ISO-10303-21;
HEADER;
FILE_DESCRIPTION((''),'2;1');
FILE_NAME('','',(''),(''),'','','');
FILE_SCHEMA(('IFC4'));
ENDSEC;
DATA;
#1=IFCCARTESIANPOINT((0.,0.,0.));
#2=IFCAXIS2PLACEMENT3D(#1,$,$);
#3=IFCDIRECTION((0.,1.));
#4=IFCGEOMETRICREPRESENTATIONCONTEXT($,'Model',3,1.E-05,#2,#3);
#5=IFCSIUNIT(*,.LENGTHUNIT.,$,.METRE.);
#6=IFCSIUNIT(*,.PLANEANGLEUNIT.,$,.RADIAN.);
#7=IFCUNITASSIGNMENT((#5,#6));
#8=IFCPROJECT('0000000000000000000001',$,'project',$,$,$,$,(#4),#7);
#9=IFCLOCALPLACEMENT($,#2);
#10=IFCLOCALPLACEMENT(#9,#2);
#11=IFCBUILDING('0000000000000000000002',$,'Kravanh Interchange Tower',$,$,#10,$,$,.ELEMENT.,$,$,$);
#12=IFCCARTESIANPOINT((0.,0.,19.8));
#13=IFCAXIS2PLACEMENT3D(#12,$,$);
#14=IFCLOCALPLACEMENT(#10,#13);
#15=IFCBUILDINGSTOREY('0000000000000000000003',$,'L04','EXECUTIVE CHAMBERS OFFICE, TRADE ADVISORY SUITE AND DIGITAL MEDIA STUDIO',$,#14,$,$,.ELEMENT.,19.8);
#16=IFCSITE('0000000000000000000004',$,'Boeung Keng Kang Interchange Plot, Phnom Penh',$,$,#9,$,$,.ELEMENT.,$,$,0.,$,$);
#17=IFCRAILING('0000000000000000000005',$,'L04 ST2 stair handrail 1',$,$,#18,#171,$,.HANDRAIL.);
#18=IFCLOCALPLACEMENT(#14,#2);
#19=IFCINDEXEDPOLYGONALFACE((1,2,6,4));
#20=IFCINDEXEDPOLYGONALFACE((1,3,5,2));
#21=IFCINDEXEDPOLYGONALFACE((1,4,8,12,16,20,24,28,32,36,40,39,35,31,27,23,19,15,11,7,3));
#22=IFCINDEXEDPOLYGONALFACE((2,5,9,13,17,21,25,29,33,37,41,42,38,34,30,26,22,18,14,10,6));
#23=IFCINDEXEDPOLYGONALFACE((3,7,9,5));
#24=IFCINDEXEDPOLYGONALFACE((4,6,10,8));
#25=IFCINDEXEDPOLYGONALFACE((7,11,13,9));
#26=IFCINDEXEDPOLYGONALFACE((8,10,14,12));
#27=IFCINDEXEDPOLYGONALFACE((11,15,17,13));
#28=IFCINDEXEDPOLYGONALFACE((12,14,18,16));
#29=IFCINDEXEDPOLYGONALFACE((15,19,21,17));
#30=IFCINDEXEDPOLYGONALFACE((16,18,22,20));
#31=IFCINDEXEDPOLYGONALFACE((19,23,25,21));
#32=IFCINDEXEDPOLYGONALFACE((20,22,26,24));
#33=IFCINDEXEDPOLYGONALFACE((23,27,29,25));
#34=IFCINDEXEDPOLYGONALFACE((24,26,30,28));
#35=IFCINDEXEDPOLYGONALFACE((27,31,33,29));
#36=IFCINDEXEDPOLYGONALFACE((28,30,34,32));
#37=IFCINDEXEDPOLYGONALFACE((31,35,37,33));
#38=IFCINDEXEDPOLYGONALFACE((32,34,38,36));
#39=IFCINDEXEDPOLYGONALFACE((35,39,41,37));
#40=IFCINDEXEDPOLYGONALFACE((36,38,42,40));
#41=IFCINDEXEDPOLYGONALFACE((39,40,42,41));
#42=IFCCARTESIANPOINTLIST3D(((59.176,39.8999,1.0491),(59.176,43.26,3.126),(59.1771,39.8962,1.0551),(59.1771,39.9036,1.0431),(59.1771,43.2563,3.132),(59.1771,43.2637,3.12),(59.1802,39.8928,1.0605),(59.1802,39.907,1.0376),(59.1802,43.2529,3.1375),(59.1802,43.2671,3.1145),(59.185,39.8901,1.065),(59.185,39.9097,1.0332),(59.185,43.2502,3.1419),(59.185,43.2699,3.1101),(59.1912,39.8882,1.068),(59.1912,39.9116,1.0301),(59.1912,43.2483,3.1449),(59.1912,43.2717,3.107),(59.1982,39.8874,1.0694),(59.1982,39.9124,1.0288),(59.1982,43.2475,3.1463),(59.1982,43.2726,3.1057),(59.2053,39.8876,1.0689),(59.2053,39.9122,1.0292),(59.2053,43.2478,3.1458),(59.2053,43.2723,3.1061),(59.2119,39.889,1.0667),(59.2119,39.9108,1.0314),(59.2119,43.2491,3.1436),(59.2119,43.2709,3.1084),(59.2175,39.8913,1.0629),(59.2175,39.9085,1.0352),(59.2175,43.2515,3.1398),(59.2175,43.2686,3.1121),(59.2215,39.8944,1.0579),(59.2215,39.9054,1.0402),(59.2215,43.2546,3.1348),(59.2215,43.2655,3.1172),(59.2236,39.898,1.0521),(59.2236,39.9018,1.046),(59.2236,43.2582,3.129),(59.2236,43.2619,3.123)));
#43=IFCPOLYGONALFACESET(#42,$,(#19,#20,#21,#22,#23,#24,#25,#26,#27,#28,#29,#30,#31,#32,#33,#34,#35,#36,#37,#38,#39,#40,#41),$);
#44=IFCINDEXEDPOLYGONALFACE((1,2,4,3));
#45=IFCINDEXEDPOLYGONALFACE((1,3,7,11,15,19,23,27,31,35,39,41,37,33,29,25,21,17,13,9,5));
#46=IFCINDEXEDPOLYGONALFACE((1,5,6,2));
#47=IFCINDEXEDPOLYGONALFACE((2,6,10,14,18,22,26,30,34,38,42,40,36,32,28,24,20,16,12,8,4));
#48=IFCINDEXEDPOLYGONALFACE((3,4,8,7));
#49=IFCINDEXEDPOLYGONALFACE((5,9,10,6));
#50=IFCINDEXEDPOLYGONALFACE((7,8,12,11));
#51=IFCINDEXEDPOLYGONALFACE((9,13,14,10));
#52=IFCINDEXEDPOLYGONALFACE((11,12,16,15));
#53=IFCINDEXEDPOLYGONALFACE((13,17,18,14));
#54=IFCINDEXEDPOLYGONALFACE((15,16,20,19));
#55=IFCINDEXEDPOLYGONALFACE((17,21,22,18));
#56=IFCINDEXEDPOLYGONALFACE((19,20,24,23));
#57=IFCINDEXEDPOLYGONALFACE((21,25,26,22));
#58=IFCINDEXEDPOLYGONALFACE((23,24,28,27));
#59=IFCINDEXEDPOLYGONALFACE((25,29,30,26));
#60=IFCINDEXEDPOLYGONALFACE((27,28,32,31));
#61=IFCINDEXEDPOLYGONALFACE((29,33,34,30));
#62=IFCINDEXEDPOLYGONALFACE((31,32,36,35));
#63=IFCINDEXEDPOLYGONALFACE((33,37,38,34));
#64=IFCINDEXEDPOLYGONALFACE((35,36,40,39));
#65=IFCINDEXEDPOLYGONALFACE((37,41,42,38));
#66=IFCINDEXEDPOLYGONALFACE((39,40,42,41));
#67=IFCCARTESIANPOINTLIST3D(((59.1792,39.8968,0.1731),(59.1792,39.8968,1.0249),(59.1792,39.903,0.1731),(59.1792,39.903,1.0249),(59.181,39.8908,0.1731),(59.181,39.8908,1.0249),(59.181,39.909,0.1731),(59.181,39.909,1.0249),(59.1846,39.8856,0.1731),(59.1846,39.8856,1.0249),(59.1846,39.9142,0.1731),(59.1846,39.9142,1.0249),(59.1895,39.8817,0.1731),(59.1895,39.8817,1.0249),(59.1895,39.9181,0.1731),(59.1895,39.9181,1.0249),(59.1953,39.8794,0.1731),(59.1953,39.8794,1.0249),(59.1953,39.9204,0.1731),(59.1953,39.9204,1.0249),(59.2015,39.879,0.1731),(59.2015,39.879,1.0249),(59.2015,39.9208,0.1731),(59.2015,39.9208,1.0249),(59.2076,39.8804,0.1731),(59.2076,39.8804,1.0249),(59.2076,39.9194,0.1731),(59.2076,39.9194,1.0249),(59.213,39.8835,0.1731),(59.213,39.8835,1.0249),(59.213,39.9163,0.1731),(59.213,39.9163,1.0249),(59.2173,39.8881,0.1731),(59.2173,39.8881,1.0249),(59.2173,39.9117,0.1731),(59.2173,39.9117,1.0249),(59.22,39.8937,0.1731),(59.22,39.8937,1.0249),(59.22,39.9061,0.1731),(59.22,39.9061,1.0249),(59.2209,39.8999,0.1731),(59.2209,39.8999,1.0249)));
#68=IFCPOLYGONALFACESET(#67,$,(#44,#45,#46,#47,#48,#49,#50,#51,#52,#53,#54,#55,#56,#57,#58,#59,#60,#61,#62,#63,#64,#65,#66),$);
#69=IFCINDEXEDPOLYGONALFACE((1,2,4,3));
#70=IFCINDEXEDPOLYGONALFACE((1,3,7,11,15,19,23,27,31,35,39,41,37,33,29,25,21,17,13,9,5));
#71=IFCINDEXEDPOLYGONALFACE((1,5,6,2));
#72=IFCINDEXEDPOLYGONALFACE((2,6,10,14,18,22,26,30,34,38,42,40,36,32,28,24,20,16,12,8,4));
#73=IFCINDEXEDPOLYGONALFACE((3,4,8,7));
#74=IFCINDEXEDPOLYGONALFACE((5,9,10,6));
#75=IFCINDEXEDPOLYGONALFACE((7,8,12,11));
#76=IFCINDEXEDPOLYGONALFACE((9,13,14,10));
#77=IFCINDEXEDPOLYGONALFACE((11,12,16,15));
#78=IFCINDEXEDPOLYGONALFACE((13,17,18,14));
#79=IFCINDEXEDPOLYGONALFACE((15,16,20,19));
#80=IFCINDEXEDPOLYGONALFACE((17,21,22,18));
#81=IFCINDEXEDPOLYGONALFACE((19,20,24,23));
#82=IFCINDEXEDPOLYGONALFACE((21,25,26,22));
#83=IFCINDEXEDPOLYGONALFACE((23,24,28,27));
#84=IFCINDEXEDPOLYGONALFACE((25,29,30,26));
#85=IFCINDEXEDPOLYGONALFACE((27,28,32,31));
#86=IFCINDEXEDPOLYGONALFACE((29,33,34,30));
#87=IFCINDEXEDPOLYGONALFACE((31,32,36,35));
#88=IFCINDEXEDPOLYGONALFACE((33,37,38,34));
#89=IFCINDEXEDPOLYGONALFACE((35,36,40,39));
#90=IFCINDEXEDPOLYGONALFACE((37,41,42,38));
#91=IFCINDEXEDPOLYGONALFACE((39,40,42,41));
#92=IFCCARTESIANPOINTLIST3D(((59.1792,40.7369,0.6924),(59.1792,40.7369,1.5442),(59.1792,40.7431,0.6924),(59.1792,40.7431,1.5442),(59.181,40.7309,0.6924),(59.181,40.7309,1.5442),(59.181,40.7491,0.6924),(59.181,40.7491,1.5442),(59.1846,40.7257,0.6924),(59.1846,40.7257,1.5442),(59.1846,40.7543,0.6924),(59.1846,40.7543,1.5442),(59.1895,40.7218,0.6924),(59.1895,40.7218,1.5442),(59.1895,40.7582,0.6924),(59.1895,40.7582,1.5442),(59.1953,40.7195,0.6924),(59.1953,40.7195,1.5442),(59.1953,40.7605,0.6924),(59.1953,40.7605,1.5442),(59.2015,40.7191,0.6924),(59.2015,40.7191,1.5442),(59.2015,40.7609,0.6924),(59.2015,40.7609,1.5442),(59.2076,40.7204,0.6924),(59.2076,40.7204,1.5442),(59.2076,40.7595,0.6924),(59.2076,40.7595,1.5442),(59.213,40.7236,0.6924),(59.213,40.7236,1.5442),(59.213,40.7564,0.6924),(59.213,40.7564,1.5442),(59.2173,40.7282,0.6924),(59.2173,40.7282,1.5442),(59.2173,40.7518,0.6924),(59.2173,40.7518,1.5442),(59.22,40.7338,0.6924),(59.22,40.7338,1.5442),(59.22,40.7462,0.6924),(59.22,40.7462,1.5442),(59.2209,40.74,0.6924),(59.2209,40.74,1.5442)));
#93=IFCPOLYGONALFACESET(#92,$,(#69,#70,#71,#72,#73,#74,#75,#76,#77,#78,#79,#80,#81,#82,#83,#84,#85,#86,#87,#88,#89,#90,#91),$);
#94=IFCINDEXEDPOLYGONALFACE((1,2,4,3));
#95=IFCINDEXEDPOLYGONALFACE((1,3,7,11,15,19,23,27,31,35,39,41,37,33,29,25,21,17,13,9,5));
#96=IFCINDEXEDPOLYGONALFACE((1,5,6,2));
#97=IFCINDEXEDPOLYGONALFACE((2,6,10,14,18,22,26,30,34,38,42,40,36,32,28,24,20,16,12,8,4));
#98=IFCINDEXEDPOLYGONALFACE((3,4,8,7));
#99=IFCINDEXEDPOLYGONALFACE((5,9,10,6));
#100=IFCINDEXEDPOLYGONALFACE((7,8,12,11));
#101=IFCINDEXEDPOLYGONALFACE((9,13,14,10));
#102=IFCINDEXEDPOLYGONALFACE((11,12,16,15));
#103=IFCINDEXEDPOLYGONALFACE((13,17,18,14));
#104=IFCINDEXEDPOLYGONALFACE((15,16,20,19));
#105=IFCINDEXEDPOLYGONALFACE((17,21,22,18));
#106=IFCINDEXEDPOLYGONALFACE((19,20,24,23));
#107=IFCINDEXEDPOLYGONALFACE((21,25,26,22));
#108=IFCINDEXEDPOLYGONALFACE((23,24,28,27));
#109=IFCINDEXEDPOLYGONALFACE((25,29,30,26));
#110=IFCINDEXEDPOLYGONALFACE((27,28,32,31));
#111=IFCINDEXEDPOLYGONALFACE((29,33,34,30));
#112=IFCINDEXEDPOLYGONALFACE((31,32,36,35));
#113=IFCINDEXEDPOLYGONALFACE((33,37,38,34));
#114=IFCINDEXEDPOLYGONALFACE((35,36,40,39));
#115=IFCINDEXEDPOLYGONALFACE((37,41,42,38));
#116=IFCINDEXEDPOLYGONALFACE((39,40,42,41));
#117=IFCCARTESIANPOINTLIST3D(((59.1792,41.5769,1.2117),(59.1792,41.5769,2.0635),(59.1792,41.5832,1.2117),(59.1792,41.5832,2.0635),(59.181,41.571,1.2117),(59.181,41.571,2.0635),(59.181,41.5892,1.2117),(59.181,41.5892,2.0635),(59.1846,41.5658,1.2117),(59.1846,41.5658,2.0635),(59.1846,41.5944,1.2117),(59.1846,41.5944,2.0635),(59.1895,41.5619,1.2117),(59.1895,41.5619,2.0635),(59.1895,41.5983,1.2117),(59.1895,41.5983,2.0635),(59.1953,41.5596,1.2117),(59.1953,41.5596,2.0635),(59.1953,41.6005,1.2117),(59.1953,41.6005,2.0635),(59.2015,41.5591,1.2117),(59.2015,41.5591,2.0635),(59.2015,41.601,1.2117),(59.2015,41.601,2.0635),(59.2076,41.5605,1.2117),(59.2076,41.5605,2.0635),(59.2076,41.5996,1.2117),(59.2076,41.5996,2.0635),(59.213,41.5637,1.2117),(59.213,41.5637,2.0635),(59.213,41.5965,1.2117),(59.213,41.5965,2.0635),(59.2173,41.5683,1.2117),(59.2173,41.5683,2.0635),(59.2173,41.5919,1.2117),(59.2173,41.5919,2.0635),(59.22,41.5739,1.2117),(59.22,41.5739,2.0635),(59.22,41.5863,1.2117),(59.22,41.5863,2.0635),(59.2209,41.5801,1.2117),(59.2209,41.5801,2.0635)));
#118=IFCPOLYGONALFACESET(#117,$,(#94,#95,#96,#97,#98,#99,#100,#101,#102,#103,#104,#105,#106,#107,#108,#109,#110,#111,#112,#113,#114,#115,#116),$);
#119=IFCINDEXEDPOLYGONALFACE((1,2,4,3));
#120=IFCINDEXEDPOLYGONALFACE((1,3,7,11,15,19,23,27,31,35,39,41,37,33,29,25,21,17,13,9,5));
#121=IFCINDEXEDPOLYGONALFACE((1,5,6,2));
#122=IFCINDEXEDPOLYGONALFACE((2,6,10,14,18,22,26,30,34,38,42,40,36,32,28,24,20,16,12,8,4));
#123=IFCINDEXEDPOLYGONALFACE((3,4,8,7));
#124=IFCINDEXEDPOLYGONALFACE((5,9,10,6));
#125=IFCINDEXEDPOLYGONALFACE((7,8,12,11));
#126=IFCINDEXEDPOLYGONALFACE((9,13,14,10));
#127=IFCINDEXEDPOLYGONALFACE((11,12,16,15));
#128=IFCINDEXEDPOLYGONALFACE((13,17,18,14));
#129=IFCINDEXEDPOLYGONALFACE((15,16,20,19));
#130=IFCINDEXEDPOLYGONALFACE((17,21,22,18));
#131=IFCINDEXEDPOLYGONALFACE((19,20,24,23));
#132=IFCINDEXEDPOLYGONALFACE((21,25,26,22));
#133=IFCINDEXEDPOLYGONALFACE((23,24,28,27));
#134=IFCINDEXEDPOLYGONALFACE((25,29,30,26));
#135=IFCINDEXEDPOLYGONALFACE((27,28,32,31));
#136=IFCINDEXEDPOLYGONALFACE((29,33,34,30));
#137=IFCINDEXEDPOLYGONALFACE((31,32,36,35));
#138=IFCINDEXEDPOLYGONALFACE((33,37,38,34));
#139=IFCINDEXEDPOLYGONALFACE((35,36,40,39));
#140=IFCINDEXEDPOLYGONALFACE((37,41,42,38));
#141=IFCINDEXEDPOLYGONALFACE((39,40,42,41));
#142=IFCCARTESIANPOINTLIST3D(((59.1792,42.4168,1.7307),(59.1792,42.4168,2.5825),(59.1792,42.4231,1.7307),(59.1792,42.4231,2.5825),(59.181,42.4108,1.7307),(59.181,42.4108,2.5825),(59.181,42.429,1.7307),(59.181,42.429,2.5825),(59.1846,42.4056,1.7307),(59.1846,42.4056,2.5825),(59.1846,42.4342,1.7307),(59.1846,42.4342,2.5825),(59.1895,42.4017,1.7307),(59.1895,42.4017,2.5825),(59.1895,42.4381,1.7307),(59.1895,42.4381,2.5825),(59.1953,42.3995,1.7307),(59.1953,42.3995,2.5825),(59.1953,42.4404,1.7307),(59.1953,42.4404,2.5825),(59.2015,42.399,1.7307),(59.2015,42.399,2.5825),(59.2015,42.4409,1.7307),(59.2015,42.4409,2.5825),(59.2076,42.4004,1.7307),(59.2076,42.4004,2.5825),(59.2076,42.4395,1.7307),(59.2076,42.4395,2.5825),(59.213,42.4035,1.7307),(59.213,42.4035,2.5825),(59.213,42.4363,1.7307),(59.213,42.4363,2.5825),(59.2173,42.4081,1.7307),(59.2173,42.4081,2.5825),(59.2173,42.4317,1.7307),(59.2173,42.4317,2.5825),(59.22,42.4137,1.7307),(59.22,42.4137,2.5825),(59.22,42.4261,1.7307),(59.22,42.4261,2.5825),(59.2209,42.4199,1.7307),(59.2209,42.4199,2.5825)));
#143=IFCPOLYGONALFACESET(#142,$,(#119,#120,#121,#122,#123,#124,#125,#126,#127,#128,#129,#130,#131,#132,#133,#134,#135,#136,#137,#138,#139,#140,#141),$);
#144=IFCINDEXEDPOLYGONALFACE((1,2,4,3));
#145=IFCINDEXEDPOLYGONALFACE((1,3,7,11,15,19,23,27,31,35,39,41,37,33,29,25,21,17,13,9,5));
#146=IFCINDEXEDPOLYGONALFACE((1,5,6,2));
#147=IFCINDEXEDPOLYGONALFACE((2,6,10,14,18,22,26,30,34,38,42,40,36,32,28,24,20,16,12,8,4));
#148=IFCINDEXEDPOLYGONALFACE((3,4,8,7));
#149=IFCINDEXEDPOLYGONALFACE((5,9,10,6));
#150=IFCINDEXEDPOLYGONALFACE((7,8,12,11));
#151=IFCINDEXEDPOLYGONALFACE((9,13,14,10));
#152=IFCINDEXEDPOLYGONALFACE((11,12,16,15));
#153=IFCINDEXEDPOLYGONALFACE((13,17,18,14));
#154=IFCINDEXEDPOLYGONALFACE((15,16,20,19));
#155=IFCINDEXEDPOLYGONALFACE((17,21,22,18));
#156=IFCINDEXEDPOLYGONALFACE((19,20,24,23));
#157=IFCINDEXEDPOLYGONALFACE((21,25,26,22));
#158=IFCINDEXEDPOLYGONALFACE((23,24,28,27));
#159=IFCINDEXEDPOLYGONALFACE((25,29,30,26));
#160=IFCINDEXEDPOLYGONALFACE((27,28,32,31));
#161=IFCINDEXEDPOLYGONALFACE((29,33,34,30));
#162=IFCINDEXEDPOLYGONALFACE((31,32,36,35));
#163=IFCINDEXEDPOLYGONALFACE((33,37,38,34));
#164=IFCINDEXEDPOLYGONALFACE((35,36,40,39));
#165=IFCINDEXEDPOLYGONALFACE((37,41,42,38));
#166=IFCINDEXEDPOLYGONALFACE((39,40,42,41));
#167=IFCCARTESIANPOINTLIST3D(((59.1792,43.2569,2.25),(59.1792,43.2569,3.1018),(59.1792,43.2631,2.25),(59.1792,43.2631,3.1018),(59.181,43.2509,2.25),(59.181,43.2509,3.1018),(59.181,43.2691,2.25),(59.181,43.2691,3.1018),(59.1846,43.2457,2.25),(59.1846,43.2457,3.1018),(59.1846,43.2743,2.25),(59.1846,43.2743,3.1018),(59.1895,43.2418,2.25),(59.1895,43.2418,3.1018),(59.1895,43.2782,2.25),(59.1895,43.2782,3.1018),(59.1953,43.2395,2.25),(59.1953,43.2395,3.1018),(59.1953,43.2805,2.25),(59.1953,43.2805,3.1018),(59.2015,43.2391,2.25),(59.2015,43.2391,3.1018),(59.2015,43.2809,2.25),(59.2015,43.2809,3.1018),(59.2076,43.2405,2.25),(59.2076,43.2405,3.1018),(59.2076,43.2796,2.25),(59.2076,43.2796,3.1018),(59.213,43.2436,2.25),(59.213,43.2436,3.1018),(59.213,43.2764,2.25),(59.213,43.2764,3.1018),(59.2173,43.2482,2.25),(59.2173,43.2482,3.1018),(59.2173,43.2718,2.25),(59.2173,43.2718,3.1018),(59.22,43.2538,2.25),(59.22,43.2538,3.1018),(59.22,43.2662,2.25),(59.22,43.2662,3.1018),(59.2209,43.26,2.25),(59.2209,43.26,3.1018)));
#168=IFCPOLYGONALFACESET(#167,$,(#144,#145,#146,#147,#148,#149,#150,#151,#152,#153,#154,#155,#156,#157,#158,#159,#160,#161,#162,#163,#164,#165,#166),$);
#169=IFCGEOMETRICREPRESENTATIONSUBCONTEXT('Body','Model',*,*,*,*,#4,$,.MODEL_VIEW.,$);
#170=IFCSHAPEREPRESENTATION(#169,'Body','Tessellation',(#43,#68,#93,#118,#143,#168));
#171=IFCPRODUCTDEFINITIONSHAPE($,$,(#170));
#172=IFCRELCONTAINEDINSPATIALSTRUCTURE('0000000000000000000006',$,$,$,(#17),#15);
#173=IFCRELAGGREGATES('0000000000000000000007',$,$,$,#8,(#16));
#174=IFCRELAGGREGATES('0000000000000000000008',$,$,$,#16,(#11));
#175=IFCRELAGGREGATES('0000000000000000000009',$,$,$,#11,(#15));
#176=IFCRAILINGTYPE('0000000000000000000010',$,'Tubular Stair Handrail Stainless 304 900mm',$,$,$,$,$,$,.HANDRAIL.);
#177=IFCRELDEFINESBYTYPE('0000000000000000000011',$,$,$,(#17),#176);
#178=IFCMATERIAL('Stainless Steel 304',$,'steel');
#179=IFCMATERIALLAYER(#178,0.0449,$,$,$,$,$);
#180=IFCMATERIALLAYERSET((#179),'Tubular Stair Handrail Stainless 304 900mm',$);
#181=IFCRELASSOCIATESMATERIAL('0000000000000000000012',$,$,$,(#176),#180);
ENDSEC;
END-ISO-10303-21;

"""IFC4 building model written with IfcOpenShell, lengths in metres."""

from ifc_helpers import new_model, si_unit, direction, frame, origin, origin_2d, place, context, subcontext, project, spatial, circle, extrude, material, layer, layer_set, type_object, element, save


model = new_model("IFC4")

# Units and contexts
model_context = context("Model", 3, precision=1e-05, world=origin(), true_north=direction((0.0, 1.0)))
body_context = subcontext(model_context, "Body", "Model", "MODEL_VIEW")
ifc_project = project(units=[si_unit("LENGTHUNIT", "METRE"), si_unit("PLANEANGLEUNIT", "RADIAN")], contexts=[model_context])

# Site, building, storey
site_placement = place(None, origin())
site = spatial("IfcSite", under=ifc_project, at=site_placement, Name="Boeung Keng Kang Interchange Plot, Phnom Penh", CompositionType="ELEMENT", RefElevation=0.0)
building_placement = place(site_placement, origin())
building = spatial("IfcBuilding", under=site, at=building_placement, Name="Kravanh Interchange Tower", CompositionType="ELEMENT")
storey_placement = place(building_placement, frame((0.0, 0.0, 19.8)))
storey = spatial("IfcBuildingStorey", under=building, at=storey_placement, Name="L04", Description="EXECUTIVE CHAMBERS OFFICE, TRADE ADVISORY SUITE AND DIGITAL MEDIA STUDIO", CompositionType="ELEMENT", Elevation=19.8)

# Railing
ifc_material_1 = material(Name="Stainless Steel 304", Category="steel")
ifc_layer_1 = layer(ifc_material_1, 0.0449)
ifc_layer_set_1 = layer_set([ifc_layer_1], Name="Tubular Stair Handrail Stainless 304 900mm")
railing_type_1 = type_object("IfcRailingType", Name="Tubular Stair Handrail Stainless 304 900mm", PredefinedType="HANDRAIL", material=ifc_layer_set_1)
railing_1_placement = place(storey_placement, frame((59.2, 39.8999, 0.1731)))
element("IfcRailing", 1, at=railing_1_placement, inside=storey, type_object=railing_type_1, Name="L04 ST2 stair handrail 1", PredefinedType="HANDRAIL", context=body_context, shape_type="SweptSolid", body=[
    extrude(circle(Radius=0.0239, at=origin_2d()), frame((0.0, 0.0, 0.876), z_axis=(0.0, 0.850623, 0.525776), x_axis=(-1.0, 0.0, 0.0)), (0.0, 0.0, 1.0), 3.9502),
    extrude(circle(Radius=0.021, at=origin_2d()), origin(), (0.0, 0.0, 1.0), 0.8518),
    extrude(circle(Radius=0.021, at=origin_2d()), frame((0.0, 0.8401, 0.5193)), (0.0, 0.0, 1.0), 0.8518),
    extrude(circle(Radius=0.021, at=origin_2d()), frame((0.0, 1.6802, 1.0386)), (0.0, 0.0, 1.0), 0.8518),
    extrude(circle(Radius=0.021, at=origin_2d()), frame((0.0, 2.52, 1.5576)), (0.0, 0.0, 1.0), 0.8518),
    extrude(circle(Radius=0.021, at=origin_2d()), frame((0.0, 3.3601, 2.0769)), (0.0, 0.0, 1.0), 0.8518),
])

save(model, "model.ifc")
